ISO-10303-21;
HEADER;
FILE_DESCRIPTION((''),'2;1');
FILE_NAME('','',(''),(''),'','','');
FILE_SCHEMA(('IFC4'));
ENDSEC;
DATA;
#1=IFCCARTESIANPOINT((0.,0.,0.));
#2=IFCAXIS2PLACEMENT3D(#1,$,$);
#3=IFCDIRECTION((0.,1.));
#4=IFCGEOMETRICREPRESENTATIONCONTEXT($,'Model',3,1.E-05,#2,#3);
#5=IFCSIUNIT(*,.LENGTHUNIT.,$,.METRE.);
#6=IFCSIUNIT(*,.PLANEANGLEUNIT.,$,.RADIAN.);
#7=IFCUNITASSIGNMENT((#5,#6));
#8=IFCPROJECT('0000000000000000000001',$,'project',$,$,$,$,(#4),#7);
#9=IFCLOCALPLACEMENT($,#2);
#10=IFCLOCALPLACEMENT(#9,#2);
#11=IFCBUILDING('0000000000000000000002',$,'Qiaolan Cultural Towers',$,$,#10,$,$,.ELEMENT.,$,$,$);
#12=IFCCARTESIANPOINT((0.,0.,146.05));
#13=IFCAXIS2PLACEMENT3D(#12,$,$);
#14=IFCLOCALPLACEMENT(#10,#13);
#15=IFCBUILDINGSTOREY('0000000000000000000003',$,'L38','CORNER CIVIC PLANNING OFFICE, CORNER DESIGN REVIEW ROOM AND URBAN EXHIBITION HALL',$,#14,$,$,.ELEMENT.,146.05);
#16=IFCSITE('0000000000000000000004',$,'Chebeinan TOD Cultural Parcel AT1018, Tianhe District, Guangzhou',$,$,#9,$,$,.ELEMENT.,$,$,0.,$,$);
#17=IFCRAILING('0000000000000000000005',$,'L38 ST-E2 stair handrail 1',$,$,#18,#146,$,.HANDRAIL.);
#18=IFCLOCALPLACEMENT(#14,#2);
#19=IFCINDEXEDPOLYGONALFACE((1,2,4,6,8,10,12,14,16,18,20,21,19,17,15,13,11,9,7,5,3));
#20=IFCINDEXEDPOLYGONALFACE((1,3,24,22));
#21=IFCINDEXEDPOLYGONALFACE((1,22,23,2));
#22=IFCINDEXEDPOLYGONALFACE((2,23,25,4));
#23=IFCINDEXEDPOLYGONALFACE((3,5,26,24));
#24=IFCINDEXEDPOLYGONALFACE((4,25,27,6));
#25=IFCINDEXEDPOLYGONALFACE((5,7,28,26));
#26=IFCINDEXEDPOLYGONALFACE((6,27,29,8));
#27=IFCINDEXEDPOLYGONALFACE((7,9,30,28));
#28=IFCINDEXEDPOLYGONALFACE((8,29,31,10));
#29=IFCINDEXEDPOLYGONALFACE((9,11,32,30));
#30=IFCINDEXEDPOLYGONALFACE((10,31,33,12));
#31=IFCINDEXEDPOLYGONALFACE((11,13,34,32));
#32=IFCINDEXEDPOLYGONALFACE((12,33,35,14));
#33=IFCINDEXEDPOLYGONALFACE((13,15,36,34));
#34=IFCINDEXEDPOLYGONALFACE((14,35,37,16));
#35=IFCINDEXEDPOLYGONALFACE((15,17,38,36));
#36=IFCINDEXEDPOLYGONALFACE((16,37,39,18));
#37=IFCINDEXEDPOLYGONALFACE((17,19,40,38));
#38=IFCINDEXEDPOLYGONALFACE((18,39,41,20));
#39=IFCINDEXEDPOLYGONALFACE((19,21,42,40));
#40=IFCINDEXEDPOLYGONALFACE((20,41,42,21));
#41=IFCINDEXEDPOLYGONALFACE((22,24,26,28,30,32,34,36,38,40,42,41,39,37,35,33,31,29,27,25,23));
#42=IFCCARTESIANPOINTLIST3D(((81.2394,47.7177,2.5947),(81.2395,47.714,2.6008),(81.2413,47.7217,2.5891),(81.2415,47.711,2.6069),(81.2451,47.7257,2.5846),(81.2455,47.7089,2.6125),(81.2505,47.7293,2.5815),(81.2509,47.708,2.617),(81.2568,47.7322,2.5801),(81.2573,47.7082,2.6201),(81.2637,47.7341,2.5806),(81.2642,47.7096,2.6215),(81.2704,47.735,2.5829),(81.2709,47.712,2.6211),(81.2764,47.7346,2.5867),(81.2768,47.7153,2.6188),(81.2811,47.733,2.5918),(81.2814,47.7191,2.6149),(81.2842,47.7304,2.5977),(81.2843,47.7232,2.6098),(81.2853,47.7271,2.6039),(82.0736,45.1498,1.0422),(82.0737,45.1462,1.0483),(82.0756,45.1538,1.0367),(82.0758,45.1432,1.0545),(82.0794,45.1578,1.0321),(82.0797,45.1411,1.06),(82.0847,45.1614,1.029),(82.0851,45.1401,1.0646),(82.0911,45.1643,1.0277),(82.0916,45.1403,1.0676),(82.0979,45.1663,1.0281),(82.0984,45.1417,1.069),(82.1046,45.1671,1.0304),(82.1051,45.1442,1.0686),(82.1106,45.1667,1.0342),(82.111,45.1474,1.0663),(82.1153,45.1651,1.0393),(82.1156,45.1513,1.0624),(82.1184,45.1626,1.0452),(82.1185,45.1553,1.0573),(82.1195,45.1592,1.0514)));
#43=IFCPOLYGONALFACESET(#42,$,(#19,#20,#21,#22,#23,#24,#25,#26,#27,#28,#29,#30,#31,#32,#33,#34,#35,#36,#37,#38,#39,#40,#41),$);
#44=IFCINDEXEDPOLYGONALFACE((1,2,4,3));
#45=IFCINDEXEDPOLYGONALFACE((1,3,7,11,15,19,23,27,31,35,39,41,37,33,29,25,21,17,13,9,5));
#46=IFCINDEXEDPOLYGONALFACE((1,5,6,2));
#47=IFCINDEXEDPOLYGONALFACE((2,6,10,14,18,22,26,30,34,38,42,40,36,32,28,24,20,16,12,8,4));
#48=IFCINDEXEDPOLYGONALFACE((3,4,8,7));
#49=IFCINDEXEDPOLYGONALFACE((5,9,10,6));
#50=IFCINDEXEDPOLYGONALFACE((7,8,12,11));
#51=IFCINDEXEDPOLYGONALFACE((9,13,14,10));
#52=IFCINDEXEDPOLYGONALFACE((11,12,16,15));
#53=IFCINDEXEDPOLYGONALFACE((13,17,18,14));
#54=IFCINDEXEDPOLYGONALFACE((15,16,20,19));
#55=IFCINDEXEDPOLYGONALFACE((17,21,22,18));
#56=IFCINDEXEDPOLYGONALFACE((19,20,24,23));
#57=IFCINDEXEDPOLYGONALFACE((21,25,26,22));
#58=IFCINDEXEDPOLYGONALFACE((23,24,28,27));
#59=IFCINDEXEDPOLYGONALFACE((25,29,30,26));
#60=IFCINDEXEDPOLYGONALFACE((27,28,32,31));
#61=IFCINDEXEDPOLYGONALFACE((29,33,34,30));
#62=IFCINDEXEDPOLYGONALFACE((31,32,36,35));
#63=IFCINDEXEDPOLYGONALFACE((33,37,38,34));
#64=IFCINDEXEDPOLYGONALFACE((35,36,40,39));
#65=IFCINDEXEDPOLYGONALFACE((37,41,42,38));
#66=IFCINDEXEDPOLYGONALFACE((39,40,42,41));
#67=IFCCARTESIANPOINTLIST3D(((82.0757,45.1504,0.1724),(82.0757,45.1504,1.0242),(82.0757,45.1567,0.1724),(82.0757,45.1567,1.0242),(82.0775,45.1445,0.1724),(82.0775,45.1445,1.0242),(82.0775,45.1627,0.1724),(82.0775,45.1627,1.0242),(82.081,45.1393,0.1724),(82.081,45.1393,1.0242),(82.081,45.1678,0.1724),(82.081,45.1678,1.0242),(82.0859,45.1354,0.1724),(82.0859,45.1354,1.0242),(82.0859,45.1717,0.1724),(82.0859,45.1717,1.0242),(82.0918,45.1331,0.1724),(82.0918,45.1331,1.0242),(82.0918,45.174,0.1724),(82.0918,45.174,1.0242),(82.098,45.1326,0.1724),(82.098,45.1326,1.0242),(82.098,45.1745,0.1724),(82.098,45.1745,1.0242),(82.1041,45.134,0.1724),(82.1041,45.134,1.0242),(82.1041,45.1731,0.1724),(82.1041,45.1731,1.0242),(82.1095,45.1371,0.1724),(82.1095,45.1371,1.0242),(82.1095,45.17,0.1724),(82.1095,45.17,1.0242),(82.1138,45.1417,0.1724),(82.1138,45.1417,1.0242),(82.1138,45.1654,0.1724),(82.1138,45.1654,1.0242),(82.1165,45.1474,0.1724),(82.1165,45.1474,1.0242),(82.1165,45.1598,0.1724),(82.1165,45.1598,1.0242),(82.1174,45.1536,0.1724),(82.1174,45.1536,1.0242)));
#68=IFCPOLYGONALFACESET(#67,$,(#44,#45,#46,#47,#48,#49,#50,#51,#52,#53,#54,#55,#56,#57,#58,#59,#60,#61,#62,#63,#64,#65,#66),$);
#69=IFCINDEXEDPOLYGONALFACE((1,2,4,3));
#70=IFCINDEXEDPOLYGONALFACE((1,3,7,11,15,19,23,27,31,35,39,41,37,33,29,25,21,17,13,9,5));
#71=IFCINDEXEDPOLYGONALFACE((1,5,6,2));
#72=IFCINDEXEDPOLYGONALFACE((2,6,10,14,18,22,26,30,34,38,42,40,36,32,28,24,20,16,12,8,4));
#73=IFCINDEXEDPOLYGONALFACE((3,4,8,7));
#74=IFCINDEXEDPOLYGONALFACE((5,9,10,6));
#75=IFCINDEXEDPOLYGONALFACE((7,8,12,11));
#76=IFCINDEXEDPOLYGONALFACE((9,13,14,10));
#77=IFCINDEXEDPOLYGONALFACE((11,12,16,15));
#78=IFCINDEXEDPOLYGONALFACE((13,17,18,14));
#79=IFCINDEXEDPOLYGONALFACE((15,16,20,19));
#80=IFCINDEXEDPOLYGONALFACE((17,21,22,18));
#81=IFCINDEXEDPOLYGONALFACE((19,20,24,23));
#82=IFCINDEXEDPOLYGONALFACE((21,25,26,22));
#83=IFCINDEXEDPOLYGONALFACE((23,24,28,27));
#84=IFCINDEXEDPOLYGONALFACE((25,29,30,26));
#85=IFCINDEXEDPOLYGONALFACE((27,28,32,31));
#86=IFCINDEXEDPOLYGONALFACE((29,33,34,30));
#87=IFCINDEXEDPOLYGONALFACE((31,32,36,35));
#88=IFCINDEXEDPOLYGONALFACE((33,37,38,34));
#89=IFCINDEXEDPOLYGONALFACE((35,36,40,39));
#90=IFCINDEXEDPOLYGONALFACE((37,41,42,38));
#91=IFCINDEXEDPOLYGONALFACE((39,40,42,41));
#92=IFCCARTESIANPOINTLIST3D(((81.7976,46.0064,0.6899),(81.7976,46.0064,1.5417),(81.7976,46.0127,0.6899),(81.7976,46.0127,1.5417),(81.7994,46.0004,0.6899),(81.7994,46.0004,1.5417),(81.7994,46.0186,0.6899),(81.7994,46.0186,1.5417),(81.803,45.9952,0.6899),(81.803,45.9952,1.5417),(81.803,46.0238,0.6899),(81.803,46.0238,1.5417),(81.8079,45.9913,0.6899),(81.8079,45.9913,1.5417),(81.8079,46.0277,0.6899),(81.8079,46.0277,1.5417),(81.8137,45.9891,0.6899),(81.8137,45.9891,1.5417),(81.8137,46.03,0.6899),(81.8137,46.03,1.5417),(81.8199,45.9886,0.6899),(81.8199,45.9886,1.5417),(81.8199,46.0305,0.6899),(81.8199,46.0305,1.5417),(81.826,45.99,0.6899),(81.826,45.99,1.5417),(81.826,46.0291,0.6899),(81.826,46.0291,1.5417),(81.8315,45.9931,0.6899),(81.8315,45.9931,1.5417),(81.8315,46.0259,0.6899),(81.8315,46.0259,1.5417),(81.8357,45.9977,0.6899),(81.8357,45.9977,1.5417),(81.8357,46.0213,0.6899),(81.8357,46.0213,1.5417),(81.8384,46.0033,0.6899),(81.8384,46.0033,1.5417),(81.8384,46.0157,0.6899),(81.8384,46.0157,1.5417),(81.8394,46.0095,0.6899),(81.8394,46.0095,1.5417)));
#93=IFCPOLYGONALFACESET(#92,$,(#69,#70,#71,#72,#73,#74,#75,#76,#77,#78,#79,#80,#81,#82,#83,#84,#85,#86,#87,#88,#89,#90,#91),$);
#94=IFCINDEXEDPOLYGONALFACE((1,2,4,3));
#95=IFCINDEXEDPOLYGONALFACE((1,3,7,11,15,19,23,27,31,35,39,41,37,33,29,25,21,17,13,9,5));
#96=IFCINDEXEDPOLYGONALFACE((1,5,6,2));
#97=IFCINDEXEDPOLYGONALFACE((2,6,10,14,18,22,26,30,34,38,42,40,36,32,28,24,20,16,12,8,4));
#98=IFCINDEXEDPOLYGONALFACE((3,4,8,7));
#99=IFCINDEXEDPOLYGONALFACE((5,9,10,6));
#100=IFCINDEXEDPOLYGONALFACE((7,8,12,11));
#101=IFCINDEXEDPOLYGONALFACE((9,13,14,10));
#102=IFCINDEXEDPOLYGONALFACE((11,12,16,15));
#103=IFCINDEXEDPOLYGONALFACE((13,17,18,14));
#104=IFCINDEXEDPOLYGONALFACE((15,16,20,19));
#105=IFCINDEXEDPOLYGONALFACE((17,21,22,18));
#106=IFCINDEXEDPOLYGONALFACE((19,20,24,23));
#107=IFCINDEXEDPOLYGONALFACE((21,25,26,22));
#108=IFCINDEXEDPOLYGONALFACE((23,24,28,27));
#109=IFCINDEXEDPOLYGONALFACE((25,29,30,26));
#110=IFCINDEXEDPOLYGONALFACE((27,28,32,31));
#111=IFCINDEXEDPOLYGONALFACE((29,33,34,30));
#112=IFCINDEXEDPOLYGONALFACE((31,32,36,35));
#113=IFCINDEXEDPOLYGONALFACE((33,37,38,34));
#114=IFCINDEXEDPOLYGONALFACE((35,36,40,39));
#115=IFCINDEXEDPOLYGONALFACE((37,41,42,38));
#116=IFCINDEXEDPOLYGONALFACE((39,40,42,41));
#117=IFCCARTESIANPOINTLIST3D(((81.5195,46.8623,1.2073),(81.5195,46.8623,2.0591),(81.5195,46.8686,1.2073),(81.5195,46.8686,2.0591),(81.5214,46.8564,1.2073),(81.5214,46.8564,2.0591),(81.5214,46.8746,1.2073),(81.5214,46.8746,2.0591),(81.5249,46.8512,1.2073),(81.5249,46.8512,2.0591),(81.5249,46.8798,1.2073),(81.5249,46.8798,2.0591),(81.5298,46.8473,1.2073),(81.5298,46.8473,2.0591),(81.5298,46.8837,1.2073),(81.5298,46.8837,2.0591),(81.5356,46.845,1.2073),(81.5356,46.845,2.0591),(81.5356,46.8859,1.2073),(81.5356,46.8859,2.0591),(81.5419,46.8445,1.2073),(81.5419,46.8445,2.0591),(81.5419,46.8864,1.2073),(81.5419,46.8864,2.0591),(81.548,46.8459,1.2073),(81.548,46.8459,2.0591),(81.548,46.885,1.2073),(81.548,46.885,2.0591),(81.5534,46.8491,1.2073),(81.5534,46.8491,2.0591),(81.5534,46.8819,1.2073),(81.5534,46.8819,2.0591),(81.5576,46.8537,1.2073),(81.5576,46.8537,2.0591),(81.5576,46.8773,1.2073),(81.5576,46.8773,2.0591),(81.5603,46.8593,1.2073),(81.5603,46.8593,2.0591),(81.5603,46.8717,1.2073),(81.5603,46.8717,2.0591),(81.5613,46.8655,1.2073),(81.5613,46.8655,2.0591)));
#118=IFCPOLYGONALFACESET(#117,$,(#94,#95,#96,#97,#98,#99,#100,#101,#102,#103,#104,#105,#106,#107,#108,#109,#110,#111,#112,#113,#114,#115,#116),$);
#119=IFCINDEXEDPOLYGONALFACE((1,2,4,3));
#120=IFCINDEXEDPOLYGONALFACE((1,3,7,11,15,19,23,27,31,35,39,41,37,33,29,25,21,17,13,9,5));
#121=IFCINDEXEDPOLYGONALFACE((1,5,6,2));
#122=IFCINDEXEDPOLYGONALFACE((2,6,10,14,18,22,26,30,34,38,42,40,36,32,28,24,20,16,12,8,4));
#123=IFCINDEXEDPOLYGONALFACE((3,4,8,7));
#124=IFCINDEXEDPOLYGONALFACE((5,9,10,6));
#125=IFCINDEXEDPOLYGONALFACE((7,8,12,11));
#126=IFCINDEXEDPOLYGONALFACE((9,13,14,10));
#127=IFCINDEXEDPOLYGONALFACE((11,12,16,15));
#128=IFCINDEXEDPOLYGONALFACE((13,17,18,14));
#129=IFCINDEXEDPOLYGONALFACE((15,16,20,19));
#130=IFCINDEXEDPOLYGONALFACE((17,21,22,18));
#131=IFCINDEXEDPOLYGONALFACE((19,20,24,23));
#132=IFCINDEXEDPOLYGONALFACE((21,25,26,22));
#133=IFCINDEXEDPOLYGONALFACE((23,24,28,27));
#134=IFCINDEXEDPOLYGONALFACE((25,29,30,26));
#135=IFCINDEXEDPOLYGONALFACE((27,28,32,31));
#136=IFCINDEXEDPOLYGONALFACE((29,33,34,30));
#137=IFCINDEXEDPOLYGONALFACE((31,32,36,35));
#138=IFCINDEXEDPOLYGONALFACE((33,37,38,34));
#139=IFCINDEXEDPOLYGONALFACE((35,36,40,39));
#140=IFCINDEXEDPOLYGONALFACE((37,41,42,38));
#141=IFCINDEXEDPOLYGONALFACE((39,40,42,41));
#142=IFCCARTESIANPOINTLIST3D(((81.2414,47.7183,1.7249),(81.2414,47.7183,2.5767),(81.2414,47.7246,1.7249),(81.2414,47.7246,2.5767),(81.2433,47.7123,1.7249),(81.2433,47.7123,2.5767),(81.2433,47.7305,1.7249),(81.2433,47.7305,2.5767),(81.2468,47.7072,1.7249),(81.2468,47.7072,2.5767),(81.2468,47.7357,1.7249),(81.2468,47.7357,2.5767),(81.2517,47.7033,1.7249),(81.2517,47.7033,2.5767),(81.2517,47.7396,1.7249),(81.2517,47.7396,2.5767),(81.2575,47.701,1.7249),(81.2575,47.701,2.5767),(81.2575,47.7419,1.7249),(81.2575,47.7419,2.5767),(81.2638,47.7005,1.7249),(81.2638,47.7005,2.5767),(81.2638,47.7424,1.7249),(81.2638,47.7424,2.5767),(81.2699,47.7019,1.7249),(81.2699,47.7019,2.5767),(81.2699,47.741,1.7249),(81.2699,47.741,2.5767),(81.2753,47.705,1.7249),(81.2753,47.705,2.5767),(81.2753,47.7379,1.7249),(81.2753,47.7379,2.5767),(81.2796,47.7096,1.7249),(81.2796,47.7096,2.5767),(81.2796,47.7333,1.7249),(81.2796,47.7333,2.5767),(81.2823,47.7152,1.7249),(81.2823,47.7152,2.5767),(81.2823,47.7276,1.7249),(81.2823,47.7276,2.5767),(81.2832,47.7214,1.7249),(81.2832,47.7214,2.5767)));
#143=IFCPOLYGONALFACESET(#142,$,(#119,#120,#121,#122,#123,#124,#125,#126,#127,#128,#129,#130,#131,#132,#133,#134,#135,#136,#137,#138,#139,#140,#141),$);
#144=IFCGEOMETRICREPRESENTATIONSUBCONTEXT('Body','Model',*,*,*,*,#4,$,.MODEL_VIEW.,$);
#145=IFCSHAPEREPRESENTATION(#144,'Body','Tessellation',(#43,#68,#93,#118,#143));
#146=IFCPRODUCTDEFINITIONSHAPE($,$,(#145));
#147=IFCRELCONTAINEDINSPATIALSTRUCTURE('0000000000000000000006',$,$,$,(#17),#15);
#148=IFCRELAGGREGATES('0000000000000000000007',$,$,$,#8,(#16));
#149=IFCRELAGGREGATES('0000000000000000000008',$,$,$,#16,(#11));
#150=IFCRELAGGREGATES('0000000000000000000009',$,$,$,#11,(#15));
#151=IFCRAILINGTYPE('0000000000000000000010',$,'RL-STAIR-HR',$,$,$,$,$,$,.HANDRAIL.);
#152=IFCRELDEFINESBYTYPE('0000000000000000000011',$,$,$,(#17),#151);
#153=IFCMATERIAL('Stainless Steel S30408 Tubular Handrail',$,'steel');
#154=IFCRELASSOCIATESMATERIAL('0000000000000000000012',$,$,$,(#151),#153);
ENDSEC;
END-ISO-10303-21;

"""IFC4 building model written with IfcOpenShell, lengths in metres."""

from ifc_helpers import new_model, si_unit, direction, frame, origin, origin_2d, place, context, subcontext, project, spatial, circle, extrude, material, type_object, element, save


model = new_model("IFC4")

# Units and contexts
model_context = context("Model", 3, precision=1e-05, world=origin(), true_north=direction((0.0, 1.0)))
body_context = subcontext(model_context, "Body", "Model", "MODEL_VIEW")
ifc_project = project(units=[si_unit("LENGTHUNIT", "METRE"), si_unit("PLANEANGLEUNIT", "RADIAN")], contexts=[model_context])

# Site, building, storey
site_placement = place(None, origin())
site = spatial("IfcSite", under=ifc_project, at=site_placement, Name="Chebeinan TOD Cultural Parcel AT1018, Tianhe District, Guangzhou", CompositionType="ELEMENT", RefElevation=0.0)
building_placement = place(site_placement, origin())
building = spatial("IfcBuilding", under=site, at=building_placement, Name="Qiaolan Cultural Towers", CompositionType="ELEMENT")
storey_placement = place(building_placement, frame((0.0, 0.0, 146.05)))
storey = spatial("IfcBuildingStorey", under=building, at=storey_placement, Name="L38", Description="CORNER CIVIC PLANNING OFFICE, CORNER DESIGN REVIEW ROOM AND URBAN EXHIBITION HALL", CompositionType="ELEMENT", Elevation=146.05)

# Railing
ifc_material_1 = material(Name="Stainless Steel S30408 Tubular Handrail", Category="steel")
railing_type_1 = type_object("IfcRailingType", Name="RL-STAIR-HR", PredefinedType="HANDRAIL", material=ifc_material_1)
railing_1_placement = place(storey_placement, frame((82.0964, 45.1536, 0.1724)))
element("IfcRailing", 1, at=railing_1_placement, inside=storey, type_object=railing_type_1, Name="L38 ST-E2 stair handrail 1", PredefinedType="HANDRAIL", context=body_context, shape_type="SweptSolid", body=[
    extrude(circle(Radius=0.0239, at=origin_2d()), frame((0.0, 0.0, 0.876), z_axis=(-0.267853, 0.824488, 0.498471), x_axis=(-0.95107, -0.308976, 0.0)), (0.0, 0.0, 1.0), 3.1145),
    extrude(circle(Radius=0.021, at=origin_2d()), origin(), (0.0, 0.0, 1.0), 0.8518),
    extrude(circle(Radius=0.021, at=origin_2d()), frame((-0.2781, 0.856, 0.5176)), (0.0, 0.0, 1.0), 0.8518),
    extrude(circle(Radius=0.021, at=origin_2d()), frame((-0.5562, 1.7119, 1.0349)), (0.0, 0.0, 1.0), 0.8518),
    extrude(circle(Radius=0.021, at=origin_2d()), frame((-0.8342, 2.5679, 1.5525)), (0.0, 0.0, 1.0), 0.8518),
])

save(model, "model.ifc")
